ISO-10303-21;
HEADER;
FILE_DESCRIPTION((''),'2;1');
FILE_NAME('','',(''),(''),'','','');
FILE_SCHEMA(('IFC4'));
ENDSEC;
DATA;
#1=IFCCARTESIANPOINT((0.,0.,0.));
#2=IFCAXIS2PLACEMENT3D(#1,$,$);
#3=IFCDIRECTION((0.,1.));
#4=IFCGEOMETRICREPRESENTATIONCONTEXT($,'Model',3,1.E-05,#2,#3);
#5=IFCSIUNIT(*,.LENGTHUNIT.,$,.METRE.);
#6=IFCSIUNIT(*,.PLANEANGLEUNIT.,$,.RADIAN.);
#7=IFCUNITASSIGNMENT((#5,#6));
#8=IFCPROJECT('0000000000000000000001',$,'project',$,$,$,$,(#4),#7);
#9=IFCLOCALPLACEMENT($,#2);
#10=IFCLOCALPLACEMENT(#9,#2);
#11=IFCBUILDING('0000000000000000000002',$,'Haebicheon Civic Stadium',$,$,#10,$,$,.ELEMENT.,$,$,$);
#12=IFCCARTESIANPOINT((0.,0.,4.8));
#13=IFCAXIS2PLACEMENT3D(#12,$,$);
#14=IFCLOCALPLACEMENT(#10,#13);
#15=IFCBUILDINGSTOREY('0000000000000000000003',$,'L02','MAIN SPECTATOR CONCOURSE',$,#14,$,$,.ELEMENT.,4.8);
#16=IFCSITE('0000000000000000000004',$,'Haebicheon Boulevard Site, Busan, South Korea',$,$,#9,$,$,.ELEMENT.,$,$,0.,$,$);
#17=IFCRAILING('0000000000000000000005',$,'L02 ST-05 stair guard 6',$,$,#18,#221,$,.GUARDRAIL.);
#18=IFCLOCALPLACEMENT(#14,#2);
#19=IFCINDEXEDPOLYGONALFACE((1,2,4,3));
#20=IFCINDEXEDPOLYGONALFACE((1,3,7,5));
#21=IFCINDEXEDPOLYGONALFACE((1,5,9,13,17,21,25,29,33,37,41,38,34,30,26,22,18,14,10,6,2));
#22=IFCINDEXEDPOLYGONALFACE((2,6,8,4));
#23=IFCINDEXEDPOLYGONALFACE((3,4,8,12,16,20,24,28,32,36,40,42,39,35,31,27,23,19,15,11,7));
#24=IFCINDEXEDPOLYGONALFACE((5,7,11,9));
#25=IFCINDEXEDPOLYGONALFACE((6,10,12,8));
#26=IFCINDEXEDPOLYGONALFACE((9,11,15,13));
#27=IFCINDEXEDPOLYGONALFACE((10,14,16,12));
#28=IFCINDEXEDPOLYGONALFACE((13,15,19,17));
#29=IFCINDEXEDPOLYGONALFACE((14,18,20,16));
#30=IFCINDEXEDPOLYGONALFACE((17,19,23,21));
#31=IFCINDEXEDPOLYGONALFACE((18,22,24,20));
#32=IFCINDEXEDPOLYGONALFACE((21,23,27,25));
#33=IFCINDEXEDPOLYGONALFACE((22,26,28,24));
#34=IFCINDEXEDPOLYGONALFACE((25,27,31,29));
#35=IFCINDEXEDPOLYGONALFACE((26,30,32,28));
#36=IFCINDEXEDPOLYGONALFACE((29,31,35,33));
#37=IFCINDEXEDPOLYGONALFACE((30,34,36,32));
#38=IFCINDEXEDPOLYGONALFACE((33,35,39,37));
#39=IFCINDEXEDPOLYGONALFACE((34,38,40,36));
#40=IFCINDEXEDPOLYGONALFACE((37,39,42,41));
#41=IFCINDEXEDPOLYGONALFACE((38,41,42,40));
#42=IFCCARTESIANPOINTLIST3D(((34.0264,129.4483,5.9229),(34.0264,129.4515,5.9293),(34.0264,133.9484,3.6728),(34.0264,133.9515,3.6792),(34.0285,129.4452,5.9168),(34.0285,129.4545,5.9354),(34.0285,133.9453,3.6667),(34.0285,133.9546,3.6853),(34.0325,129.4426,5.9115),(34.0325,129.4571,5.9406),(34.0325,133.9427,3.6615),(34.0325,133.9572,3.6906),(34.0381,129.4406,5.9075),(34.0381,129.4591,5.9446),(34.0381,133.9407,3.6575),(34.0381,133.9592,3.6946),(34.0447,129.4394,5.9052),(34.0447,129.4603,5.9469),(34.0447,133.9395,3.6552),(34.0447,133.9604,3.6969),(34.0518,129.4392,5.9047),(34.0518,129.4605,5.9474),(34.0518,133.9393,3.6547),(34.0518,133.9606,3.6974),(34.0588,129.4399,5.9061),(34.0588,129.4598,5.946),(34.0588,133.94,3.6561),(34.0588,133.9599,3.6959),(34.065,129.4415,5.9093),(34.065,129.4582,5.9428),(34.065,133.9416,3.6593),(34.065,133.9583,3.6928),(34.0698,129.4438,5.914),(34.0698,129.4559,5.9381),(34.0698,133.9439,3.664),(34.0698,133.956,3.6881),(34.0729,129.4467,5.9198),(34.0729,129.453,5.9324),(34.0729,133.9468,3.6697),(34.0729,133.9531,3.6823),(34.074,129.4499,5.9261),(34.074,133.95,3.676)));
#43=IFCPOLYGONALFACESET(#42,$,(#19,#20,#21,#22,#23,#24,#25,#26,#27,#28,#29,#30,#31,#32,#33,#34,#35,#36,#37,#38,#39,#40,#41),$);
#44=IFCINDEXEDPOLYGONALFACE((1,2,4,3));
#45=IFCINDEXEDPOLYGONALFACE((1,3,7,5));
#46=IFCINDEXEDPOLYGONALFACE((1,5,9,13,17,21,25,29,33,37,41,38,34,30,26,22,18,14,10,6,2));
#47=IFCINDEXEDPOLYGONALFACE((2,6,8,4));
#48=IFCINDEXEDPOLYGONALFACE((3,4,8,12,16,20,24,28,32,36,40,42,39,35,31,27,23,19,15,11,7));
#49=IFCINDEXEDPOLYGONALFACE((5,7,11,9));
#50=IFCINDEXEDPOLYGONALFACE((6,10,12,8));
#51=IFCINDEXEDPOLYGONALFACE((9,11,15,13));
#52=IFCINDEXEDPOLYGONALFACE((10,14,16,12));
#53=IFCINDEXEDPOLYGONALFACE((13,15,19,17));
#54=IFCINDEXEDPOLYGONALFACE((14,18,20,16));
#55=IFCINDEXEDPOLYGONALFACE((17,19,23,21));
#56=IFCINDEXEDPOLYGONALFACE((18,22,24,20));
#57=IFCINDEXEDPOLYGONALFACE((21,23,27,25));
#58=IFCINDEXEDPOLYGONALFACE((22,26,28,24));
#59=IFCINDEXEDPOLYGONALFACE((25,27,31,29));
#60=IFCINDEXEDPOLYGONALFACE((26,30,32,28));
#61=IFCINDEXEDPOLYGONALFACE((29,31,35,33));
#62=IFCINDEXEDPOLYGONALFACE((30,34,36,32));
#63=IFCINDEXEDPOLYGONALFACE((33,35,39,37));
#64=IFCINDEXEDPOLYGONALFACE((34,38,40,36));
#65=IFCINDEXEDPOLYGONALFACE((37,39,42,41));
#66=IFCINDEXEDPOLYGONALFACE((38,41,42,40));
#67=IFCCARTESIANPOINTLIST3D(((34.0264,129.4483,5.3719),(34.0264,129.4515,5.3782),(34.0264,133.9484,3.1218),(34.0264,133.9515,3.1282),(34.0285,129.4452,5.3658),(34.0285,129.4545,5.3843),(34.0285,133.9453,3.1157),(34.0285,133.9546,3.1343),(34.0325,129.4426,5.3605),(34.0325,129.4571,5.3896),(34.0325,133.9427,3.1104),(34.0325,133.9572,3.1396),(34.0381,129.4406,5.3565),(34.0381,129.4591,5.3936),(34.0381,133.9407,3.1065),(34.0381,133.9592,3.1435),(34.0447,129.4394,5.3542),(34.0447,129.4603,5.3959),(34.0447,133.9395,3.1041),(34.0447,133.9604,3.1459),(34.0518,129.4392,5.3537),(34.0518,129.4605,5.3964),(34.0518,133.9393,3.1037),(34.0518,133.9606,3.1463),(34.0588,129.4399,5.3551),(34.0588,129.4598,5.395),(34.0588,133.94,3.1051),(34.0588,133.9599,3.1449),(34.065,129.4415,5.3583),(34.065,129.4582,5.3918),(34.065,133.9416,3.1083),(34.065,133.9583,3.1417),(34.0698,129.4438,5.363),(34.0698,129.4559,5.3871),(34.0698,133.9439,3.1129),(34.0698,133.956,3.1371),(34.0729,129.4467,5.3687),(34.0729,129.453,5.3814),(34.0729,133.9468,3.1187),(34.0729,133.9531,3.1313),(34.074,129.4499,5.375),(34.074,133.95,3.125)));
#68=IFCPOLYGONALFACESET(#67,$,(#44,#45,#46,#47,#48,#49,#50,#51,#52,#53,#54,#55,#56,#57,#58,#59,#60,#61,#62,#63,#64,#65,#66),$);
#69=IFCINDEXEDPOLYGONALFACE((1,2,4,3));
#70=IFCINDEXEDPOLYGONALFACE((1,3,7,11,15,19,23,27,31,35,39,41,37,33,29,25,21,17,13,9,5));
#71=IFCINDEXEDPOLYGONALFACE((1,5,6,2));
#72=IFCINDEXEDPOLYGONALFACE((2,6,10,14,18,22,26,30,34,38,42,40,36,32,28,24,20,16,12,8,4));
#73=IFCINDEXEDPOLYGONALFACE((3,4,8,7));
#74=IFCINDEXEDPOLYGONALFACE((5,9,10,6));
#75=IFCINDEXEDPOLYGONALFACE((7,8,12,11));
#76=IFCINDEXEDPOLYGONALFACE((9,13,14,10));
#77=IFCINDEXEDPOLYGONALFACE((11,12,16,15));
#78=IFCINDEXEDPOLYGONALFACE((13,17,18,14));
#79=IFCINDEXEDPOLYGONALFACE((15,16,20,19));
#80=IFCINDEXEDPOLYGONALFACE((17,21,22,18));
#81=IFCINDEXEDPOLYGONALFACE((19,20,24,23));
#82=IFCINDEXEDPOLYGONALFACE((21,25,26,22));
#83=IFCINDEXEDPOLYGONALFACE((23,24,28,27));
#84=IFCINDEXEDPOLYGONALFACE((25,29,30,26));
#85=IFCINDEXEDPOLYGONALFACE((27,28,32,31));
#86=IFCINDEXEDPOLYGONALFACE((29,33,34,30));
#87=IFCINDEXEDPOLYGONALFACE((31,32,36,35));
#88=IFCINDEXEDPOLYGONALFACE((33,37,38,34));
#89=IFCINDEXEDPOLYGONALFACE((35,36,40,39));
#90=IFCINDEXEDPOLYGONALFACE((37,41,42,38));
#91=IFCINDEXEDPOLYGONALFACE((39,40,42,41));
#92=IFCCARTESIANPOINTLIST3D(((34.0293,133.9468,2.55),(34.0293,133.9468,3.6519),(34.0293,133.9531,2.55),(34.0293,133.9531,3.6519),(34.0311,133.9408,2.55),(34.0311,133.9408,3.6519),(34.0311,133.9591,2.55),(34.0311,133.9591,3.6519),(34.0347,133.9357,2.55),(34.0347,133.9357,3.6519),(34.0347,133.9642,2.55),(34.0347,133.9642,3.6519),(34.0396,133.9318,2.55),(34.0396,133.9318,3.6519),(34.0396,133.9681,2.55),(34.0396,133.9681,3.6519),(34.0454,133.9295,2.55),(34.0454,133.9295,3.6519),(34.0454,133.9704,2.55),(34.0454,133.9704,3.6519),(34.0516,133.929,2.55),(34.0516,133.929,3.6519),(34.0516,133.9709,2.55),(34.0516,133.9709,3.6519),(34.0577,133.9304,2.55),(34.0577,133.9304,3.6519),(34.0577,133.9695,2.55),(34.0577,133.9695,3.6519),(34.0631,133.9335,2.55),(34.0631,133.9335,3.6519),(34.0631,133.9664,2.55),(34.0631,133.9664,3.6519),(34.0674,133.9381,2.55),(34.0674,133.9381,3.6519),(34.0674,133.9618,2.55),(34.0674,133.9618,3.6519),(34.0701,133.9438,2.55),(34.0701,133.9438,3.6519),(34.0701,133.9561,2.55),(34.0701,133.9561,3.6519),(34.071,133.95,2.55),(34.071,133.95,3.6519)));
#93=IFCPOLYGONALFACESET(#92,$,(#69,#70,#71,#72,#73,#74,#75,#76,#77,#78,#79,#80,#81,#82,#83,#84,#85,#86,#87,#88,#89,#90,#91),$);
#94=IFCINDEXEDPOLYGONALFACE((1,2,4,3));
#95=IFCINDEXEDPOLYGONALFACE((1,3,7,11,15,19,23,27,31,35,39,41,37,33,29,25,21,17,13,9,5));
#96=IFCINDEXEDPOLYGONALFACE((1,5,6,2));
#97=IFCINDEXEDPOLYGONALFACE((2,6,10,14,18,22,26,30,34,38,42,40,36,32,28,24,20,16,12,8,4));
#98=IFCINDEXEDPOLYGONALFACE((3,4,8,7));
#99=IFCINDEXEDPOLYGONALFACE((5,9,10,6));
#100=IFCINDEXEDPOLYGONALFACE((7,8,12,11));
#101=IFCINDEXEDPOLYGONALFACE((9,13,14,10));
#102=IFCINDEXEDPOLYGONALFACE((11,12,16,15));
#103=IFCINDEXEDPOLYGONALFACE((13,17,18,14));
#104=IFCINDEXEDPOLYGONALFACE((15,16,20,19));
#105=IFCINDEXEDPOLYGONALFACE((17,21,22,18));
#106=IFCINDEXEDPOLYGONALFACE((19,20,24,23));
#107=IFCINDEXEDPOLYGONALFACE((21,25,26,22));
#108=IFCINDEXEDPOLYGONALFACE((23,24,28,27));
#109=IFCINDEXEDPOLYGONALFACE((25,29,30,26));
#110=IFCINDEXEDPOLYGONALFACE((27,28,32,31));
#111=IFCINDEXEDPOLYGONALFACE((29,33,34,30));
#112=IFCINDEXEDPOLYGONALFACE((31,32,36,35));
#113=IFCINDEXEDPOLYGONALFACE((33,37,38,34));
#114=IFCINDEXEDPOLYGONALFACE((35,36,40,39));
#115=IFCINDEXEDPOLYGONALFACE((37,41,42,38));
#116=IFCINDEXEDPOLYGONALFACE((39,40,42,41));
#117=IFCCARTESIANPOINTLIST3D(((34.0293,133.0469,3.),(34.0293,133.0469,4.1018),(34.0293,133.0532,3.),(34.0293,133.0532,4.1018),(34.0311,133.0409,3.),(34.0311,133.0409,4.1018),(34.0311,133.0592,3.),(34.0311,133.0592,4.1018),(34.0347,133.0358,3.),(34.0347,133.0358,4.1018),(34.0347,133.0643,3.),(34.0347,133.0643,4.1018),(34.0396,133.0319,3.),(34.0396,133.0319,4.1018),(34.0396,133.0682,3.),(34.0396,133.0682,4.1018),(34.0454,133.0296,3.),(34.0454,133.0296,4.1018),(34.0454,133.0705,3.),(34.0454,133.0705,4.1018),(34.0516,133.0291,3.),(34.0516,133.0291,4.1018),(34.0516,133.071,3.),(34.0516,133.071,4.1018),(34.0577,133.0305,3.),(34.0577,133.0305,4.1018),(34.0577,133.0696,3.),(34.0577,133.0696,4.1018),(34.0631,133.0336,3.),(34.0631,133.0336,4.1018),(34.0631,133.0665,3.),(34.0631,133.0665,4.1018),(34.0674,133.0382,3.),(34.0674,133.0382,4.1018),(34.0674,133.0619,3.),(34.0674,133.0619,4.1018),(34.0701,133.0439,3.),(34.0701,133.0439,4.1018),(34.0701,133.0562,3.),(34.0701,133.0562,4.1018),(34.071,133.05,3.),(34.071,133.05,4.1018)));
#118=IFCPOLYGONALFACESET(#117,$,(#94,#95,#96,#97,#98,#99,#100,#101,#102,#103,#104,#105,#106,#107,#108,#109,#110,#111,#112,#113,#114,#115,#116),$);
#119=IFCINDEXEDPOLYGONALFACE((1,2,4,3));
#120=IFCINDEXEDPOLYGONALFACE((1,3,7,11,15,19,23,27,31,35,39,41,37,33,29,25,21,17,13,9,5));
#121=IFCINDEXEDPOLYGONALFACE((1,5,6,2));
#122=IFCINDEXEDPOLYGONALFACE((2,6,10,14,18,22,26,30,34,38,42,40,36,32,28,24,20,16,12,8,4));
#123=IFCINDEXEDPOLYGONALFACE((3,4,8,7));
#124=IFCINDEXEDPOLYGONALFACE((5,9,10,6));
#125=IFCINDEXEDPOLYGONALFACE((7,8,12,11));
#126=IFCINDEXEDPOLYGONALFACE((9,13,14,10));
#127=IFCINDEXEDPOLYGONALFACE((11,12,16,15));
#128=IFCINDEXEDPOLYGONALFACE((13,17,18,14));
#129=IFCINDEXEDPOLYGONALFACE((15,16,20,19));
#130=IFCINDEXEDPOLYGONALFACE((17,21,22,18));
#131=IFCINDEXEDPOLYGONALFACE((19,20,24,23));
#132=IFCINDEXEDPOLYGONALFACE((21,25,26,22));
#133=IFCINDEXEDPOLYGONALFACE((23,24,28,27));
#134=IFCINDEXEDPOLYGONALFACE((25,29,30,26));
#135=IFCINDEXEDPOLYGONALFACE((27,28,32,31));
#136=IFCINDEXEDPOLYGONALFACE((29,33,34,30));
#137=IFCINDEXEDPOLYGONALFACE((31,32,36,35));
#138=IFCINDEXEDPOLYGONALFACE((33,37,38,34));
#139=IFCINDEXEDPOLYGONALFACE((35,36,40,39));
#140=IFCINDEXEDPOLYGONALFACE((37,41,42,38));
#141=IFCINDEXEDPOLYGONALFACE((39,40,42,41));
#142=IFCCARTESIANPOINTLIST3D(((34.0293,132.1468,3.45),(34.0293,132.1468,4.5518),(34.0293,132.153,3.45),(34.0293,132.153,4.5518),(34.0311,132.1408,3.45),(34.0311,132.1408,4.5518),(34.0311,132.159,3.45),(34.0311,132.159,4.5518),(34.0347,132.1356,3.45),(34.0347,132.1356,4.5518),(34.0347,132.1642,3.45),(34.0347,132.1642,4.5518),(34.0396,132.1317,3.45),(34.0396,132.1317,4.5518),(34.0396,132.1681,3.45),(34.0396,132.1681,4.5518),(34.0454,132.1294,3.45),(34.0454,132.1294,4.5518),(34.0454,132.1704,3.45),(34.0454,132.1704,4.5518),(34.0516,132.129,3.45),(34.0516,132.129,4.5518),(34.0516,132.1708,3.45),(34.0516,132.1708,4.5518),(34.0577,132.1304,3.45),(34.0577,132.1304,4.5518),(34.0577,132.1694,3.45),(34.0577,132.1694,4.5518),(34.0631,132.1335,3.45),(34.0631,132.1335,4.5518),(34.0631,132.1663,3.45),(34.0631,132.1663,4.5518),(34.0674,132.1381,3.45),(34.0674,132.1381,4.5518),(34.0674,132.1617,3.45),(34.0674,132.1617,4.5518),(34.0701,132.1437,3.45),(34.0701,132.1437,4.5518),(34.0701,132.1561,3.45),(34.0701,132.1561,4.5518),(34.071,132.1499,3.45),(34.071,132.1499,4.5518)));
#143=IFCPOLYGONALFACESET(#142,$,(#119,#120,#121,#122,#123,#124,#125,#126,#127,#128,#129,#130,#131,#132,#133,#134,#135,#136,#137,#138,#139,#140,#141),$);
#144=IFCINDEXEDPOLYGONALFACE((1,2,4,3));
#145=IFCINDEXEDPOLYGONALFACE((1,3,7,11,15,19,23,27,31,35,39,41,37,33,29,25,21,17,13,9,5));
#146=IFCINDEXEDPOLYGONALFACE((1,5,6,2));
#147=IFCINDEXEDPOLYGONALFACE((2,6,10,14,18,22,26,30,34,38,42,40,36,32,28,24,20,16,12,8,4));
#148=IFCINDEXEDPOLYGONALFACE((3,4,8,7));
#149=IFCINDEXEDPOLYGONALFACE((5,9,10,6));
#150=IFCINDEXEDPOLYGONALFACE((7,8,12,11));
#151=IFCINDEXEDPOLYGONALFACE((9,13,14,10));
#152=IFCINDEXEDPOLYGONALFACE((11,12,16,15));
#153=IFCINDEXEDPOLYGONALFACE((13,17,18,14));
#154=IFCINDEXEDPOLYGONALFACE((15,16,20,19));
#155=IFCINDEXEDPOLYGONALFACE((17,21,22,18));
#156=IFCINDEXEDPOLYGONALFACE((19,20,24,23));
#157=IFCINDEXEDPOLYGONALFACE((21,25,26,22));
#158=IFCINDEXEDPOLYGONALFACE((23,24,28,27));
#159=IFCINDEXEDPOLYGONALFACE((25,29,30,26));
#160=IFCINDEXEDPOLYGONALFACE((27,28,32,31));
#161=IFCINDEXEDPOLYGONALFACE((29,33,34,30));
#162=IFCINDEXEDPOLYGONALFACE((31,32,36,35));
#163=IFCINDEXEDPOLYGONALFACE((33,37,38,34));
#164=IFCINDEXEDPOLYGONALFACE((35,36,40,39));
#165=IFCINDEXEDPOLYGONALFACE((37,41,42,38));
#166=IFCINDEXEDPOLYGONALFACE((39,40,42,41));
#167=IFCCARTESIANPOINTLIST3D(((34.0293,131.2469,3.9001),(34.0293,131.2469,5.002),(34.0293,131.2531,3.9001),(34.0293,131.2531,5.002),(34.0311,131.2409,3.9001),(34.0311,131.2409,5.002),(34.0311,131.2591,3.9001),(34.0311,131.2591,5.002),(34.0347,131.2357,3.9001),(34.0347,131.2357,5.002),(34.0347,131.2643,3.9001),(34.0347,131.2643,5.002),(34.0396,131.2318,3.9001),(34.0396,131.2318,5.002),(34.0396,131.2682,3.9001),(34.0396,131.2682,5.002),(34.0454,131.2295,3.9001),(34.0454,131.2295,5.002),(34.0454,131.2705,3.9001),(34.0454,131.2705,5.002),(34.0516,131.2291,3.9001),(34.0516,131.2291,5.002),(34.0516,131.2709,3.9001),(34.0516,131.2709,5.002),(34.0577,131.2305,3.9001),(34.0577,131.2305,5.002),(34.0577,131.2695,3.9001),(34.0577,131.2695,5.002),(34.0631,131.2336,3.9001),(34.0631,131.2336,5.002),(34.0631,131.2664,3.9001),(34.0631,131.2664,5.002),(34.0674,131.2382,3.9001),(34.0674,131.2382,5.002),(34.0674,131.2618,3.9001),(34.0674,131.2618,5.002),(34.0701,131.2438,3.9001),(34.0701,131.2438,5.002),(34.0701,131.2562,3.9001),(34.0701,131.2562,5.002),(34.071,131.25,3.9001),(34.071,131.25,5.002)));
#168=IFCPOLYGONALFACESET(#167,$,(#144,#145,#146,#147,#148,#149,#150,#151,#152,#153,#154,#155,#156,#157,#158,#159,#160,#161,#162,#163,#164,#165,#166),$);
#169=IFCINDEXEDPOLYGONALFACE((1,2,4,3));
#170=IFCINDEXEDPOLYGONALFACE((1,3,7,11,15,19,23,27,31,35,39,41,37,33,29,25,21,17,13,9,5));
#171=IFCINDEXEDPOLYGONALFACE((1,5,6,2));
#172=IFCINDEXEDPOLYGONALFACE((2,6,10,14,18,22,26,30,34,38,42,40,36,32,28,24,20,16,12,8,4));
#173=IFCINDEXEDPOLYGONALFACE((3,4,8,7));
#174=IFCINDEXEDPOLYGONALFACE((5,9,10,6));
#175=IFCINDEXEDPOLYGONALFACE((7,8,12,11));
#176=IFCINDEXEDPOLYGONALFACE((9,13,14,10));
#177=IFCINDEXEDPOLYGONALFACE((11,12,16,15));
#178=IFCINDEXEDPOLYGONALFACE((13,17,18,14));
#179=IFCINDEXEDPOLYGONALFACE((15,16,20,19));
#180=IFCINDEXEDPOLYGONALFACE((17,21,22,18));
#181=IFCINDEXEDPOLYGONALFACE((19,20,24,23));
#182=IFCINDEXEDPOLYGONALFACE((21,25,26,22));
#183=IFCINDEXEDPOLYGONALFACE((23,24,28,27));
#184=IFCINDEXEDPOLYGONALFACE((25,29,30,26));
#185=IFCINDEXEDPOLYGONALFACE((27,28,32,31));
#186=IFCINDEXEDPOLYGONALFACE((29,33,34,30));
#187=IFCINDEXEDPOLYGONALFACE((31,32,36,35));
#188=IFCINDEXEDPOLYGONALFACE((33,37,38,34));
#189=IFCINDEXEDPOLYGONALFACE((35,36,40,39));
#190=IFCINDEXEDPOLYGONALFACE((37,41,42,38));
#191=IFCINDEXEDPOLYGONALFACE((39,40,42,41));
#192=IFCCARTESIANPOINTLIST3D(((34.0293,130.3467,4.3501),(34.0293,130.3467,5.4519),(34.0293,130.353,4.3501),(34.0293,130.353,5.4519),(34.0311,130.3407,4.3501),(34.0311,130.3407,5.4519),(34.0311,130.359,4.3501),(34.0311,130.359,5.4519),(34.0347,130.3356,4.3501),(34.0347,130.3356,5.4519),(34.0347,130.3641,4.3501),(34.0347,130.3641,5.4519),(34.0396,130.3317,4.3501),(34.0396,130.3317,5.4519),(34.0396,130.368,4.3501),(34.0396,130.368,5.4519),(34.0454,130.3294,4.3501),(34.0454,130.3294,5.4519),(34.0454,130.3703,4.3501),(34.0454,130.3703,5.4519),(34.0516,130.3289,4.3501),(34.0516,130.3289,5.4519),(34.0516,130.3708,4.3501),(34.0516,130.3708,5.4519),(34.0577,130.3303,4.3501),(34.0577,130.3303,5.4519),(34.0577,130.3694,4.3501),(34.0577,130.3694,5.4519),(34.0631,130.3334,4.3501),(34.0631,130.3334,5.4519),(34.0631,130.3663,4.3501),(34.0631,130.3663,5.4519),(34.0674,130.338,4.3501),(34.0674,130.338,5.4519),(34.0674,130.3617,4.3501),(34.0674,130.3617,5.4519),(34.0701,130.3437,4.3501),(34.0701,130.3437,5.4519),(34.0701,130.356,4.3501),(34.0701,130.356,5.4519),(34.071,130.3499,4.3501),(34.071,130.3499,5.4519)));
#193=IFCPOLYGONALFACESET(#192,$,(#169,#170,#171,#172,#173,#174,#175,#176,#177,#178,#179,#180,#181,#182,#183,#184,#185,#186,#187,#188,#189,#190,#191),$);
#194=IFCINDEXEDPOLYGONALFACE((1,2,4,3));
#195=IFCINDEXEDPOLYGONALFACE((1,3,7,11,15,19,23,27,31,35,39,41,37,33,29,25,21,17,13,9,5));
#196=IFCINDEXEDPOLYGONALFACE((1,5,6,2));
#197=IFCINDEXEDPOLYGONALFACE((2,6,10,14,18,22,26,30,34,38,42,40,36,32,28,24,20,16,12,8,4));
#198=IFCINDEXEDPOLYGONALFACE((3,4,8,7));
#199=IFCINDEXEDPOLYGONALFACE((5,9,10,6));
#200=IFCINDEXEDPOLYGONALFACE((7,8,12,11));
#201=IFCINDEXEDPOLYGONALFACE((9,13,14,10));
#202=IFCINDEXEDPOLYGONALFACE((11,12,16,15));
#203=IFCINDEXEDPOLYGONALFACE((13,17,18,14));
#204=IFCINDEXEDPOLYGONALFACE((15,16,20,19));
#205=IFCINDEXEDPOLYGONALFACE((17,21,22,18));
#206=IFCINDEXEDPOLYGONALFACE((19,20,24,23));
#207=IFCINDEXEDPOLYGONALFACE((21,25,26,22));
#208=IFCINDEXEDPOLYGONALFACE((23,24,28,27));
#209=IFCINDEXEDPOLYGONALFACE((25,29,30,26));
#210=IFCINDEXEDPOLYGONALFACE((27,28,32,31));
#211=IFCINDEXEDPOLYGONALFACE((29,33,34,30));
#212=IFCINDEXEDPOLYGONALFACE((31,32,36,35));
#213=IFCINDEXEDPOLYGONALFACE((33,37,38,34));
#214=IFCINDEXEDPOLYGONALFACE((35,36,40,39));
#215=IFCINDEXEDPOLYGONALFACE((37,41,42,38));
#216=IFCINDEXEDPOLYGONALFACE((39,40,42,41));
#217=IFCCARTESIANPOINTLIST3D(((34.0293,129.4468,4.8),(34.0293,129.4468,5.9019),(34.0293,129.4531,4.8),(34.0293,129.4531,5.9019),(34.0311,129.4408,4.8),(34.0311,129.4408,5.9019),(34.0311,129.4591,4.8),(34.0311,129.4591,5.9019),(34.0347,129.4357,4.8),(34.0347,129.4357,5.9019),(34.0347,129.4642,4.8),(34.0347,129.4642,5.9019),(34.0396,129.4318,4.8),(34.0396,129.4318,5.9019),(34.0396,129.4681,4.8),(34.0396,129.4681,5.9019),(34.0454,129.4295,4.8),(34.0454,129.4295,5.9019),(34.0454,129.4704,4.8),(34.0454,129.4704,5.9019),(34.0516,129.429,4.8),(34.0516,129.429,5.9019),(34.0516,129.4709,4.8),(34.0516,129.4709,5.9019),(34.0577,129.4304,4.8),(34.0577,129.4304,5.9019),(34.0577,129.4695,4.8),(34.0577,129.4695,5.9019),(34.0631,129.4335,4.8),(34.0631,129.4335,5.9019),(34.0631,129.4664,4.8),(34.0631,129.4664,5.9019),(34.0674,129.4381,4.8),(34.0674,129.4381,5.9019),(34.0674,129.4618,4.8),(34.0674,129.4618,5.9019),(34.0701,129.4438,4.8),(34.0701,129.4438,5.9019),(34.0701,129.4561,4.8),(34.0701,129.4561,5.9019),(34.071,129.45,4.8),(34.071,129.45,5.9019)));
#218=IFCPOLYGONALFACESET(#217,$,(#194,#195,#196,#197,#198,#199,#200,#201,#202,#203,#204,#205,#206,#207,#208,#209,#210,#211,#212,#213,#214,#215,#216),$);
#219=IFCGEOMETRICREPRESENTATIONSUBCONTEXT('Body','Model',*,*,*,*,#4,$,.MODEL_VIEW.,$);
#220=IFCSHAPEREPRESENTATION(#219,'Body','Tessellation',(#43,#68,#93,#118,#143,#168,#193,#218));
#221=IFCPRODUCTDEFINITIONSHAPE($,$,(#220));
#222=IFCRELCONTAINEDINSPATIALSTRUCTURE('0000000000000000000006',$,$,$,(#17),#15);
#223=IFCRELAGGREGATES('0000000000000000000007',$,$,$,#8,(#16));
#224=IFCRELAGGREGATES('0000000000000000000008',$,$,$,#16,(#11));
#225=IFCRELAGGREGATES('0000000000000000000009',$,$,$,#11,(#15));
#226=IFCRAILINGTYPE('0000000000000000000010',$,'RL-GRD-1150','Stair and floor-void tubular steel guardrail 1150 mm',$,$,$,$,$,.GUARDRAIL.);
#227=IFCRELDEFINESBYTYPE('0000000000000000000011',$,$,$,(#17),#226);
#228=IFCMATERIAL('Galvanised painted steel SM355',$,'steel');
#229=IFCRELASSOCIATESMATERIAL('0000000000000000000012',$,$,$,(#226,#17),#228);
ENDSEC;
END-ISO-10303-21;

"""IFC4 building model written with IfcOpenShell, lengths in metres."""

from ifc_helpers import new_model, si_unit, direction, frame, origin, origin_2d, place, context, subcontext, project, spatial, circle, extrude, material, type_object, element, save


model = new_model("IFC4")

# Units and contexts
model_context = context("Model", 3, precision=1e-05, world=origin(), true_north=direction((0.0, 1.0)))
body_context = subcontext(model_context, "Body", "Model", "MODEL_VIEW")
ifc_project = project(units=[si_unit("LENGTHUNIT", "METRE"), si_unit("PLANEANGLEUNIT", "RADIAN")], contexts=[model_context])

# Site, building, storey
site_placement = place(None, origin())
site = spatial("IfcSite", under=ifc_project, at=site_placement, Name="Haebicheon Boulevard Site, Busan, South Korea", CompositionType="ELEMENT", RefElevation=0.0)
building_placement = place(site_placement, origin())
building = spatial("IfcBuilding", under=site, at=building_placement, Name="Haebicheon Civic Stadium", CompositionType="ELEMENT")
storey_placement = place(building_placement, frame((0.0, 0.0, 4.8)))
storey = spatial("IfcBuildingStorey", under=building, at=storey_placement, Name="L02", Description="MAIN SPECTATOR CONCOURSE", CompositionType="ELEMENT", Elevation=4.8)

# Railing
ifc_material_1 = material(Name="Galvanised painted steel SM355", Category="steel")
railing_type_1 = type_object("IfcRailingType", Name="RL-GRD-1150", Description="Stair and floor-void tubular steel guardrail 1150 mm", PredefinedType="GUARDRAIL", material=ifc_material_1)
railing_1_placement = place(storey_placement, frame((34.05, 133.95, 2.55)))
element("IfcRailing", 1, at=railing_1_placement, inside=storey, type_object=railing_type_1, material=ifc_material_1, Name="L02 ST-05 stair guard 6", PredefinedType="GUARDRAIL", context=body_context, shape_type="SweptSolid", body=[
    extrude(circle(Radius=0.0239, at=origin_2d()), frame((0.0, 0.0, 1.126), z_axis=(0.0, -0.894427, 0.447214), x_axis=(1.0, 0.0, 0.0)), (0.0, 0.0, 1.0), 5.0312),
    extrude(circle(Radius=0.0239, at=origin_2d()), frame((0.0, 0.0, 0.575), z_axis=(0.0, -0.894427, 0.447214), x_axis=(1.0, 0.0, 0.0)), (0.0, 0.0, 1.0), 5.0312),
    extrude(circle(Radius=0.021, at=origin_2d()), origin(), (0.0, 0.0, 1.0), 1.1018),
    extrude(circle(Radius=0.021, at=origin_2d()), frame((0.0, -0.8999, 0.45)), (0.0, 0.0, 1.0), 1.1018),
    extrude(circle(Radius=0.021, at=origin_2d()), frame((0.0, -1.8, 0.8999)), (0.0, 0.0, 1.0), 1.1018),
    extrude(circle(Radius=0.021, at=origin_2d()), frame((0.0, -2.7, 1.3501)), (0.0, 0.0, 1.0), 1.1018),
    extrude(circle(Radius=0.021, at=origin_2d()), frame((0.0, -3.6001, 1.8)), (0.0, 0.0, 1.0), 1.1018),
    extrude(circle(Radius=0.021, at=origin_2d()), frame((0.0, -4.5, 2.25)), (0.0, 0.0, 1.0), 1.1018),
])

save(model, "model.ifc")
